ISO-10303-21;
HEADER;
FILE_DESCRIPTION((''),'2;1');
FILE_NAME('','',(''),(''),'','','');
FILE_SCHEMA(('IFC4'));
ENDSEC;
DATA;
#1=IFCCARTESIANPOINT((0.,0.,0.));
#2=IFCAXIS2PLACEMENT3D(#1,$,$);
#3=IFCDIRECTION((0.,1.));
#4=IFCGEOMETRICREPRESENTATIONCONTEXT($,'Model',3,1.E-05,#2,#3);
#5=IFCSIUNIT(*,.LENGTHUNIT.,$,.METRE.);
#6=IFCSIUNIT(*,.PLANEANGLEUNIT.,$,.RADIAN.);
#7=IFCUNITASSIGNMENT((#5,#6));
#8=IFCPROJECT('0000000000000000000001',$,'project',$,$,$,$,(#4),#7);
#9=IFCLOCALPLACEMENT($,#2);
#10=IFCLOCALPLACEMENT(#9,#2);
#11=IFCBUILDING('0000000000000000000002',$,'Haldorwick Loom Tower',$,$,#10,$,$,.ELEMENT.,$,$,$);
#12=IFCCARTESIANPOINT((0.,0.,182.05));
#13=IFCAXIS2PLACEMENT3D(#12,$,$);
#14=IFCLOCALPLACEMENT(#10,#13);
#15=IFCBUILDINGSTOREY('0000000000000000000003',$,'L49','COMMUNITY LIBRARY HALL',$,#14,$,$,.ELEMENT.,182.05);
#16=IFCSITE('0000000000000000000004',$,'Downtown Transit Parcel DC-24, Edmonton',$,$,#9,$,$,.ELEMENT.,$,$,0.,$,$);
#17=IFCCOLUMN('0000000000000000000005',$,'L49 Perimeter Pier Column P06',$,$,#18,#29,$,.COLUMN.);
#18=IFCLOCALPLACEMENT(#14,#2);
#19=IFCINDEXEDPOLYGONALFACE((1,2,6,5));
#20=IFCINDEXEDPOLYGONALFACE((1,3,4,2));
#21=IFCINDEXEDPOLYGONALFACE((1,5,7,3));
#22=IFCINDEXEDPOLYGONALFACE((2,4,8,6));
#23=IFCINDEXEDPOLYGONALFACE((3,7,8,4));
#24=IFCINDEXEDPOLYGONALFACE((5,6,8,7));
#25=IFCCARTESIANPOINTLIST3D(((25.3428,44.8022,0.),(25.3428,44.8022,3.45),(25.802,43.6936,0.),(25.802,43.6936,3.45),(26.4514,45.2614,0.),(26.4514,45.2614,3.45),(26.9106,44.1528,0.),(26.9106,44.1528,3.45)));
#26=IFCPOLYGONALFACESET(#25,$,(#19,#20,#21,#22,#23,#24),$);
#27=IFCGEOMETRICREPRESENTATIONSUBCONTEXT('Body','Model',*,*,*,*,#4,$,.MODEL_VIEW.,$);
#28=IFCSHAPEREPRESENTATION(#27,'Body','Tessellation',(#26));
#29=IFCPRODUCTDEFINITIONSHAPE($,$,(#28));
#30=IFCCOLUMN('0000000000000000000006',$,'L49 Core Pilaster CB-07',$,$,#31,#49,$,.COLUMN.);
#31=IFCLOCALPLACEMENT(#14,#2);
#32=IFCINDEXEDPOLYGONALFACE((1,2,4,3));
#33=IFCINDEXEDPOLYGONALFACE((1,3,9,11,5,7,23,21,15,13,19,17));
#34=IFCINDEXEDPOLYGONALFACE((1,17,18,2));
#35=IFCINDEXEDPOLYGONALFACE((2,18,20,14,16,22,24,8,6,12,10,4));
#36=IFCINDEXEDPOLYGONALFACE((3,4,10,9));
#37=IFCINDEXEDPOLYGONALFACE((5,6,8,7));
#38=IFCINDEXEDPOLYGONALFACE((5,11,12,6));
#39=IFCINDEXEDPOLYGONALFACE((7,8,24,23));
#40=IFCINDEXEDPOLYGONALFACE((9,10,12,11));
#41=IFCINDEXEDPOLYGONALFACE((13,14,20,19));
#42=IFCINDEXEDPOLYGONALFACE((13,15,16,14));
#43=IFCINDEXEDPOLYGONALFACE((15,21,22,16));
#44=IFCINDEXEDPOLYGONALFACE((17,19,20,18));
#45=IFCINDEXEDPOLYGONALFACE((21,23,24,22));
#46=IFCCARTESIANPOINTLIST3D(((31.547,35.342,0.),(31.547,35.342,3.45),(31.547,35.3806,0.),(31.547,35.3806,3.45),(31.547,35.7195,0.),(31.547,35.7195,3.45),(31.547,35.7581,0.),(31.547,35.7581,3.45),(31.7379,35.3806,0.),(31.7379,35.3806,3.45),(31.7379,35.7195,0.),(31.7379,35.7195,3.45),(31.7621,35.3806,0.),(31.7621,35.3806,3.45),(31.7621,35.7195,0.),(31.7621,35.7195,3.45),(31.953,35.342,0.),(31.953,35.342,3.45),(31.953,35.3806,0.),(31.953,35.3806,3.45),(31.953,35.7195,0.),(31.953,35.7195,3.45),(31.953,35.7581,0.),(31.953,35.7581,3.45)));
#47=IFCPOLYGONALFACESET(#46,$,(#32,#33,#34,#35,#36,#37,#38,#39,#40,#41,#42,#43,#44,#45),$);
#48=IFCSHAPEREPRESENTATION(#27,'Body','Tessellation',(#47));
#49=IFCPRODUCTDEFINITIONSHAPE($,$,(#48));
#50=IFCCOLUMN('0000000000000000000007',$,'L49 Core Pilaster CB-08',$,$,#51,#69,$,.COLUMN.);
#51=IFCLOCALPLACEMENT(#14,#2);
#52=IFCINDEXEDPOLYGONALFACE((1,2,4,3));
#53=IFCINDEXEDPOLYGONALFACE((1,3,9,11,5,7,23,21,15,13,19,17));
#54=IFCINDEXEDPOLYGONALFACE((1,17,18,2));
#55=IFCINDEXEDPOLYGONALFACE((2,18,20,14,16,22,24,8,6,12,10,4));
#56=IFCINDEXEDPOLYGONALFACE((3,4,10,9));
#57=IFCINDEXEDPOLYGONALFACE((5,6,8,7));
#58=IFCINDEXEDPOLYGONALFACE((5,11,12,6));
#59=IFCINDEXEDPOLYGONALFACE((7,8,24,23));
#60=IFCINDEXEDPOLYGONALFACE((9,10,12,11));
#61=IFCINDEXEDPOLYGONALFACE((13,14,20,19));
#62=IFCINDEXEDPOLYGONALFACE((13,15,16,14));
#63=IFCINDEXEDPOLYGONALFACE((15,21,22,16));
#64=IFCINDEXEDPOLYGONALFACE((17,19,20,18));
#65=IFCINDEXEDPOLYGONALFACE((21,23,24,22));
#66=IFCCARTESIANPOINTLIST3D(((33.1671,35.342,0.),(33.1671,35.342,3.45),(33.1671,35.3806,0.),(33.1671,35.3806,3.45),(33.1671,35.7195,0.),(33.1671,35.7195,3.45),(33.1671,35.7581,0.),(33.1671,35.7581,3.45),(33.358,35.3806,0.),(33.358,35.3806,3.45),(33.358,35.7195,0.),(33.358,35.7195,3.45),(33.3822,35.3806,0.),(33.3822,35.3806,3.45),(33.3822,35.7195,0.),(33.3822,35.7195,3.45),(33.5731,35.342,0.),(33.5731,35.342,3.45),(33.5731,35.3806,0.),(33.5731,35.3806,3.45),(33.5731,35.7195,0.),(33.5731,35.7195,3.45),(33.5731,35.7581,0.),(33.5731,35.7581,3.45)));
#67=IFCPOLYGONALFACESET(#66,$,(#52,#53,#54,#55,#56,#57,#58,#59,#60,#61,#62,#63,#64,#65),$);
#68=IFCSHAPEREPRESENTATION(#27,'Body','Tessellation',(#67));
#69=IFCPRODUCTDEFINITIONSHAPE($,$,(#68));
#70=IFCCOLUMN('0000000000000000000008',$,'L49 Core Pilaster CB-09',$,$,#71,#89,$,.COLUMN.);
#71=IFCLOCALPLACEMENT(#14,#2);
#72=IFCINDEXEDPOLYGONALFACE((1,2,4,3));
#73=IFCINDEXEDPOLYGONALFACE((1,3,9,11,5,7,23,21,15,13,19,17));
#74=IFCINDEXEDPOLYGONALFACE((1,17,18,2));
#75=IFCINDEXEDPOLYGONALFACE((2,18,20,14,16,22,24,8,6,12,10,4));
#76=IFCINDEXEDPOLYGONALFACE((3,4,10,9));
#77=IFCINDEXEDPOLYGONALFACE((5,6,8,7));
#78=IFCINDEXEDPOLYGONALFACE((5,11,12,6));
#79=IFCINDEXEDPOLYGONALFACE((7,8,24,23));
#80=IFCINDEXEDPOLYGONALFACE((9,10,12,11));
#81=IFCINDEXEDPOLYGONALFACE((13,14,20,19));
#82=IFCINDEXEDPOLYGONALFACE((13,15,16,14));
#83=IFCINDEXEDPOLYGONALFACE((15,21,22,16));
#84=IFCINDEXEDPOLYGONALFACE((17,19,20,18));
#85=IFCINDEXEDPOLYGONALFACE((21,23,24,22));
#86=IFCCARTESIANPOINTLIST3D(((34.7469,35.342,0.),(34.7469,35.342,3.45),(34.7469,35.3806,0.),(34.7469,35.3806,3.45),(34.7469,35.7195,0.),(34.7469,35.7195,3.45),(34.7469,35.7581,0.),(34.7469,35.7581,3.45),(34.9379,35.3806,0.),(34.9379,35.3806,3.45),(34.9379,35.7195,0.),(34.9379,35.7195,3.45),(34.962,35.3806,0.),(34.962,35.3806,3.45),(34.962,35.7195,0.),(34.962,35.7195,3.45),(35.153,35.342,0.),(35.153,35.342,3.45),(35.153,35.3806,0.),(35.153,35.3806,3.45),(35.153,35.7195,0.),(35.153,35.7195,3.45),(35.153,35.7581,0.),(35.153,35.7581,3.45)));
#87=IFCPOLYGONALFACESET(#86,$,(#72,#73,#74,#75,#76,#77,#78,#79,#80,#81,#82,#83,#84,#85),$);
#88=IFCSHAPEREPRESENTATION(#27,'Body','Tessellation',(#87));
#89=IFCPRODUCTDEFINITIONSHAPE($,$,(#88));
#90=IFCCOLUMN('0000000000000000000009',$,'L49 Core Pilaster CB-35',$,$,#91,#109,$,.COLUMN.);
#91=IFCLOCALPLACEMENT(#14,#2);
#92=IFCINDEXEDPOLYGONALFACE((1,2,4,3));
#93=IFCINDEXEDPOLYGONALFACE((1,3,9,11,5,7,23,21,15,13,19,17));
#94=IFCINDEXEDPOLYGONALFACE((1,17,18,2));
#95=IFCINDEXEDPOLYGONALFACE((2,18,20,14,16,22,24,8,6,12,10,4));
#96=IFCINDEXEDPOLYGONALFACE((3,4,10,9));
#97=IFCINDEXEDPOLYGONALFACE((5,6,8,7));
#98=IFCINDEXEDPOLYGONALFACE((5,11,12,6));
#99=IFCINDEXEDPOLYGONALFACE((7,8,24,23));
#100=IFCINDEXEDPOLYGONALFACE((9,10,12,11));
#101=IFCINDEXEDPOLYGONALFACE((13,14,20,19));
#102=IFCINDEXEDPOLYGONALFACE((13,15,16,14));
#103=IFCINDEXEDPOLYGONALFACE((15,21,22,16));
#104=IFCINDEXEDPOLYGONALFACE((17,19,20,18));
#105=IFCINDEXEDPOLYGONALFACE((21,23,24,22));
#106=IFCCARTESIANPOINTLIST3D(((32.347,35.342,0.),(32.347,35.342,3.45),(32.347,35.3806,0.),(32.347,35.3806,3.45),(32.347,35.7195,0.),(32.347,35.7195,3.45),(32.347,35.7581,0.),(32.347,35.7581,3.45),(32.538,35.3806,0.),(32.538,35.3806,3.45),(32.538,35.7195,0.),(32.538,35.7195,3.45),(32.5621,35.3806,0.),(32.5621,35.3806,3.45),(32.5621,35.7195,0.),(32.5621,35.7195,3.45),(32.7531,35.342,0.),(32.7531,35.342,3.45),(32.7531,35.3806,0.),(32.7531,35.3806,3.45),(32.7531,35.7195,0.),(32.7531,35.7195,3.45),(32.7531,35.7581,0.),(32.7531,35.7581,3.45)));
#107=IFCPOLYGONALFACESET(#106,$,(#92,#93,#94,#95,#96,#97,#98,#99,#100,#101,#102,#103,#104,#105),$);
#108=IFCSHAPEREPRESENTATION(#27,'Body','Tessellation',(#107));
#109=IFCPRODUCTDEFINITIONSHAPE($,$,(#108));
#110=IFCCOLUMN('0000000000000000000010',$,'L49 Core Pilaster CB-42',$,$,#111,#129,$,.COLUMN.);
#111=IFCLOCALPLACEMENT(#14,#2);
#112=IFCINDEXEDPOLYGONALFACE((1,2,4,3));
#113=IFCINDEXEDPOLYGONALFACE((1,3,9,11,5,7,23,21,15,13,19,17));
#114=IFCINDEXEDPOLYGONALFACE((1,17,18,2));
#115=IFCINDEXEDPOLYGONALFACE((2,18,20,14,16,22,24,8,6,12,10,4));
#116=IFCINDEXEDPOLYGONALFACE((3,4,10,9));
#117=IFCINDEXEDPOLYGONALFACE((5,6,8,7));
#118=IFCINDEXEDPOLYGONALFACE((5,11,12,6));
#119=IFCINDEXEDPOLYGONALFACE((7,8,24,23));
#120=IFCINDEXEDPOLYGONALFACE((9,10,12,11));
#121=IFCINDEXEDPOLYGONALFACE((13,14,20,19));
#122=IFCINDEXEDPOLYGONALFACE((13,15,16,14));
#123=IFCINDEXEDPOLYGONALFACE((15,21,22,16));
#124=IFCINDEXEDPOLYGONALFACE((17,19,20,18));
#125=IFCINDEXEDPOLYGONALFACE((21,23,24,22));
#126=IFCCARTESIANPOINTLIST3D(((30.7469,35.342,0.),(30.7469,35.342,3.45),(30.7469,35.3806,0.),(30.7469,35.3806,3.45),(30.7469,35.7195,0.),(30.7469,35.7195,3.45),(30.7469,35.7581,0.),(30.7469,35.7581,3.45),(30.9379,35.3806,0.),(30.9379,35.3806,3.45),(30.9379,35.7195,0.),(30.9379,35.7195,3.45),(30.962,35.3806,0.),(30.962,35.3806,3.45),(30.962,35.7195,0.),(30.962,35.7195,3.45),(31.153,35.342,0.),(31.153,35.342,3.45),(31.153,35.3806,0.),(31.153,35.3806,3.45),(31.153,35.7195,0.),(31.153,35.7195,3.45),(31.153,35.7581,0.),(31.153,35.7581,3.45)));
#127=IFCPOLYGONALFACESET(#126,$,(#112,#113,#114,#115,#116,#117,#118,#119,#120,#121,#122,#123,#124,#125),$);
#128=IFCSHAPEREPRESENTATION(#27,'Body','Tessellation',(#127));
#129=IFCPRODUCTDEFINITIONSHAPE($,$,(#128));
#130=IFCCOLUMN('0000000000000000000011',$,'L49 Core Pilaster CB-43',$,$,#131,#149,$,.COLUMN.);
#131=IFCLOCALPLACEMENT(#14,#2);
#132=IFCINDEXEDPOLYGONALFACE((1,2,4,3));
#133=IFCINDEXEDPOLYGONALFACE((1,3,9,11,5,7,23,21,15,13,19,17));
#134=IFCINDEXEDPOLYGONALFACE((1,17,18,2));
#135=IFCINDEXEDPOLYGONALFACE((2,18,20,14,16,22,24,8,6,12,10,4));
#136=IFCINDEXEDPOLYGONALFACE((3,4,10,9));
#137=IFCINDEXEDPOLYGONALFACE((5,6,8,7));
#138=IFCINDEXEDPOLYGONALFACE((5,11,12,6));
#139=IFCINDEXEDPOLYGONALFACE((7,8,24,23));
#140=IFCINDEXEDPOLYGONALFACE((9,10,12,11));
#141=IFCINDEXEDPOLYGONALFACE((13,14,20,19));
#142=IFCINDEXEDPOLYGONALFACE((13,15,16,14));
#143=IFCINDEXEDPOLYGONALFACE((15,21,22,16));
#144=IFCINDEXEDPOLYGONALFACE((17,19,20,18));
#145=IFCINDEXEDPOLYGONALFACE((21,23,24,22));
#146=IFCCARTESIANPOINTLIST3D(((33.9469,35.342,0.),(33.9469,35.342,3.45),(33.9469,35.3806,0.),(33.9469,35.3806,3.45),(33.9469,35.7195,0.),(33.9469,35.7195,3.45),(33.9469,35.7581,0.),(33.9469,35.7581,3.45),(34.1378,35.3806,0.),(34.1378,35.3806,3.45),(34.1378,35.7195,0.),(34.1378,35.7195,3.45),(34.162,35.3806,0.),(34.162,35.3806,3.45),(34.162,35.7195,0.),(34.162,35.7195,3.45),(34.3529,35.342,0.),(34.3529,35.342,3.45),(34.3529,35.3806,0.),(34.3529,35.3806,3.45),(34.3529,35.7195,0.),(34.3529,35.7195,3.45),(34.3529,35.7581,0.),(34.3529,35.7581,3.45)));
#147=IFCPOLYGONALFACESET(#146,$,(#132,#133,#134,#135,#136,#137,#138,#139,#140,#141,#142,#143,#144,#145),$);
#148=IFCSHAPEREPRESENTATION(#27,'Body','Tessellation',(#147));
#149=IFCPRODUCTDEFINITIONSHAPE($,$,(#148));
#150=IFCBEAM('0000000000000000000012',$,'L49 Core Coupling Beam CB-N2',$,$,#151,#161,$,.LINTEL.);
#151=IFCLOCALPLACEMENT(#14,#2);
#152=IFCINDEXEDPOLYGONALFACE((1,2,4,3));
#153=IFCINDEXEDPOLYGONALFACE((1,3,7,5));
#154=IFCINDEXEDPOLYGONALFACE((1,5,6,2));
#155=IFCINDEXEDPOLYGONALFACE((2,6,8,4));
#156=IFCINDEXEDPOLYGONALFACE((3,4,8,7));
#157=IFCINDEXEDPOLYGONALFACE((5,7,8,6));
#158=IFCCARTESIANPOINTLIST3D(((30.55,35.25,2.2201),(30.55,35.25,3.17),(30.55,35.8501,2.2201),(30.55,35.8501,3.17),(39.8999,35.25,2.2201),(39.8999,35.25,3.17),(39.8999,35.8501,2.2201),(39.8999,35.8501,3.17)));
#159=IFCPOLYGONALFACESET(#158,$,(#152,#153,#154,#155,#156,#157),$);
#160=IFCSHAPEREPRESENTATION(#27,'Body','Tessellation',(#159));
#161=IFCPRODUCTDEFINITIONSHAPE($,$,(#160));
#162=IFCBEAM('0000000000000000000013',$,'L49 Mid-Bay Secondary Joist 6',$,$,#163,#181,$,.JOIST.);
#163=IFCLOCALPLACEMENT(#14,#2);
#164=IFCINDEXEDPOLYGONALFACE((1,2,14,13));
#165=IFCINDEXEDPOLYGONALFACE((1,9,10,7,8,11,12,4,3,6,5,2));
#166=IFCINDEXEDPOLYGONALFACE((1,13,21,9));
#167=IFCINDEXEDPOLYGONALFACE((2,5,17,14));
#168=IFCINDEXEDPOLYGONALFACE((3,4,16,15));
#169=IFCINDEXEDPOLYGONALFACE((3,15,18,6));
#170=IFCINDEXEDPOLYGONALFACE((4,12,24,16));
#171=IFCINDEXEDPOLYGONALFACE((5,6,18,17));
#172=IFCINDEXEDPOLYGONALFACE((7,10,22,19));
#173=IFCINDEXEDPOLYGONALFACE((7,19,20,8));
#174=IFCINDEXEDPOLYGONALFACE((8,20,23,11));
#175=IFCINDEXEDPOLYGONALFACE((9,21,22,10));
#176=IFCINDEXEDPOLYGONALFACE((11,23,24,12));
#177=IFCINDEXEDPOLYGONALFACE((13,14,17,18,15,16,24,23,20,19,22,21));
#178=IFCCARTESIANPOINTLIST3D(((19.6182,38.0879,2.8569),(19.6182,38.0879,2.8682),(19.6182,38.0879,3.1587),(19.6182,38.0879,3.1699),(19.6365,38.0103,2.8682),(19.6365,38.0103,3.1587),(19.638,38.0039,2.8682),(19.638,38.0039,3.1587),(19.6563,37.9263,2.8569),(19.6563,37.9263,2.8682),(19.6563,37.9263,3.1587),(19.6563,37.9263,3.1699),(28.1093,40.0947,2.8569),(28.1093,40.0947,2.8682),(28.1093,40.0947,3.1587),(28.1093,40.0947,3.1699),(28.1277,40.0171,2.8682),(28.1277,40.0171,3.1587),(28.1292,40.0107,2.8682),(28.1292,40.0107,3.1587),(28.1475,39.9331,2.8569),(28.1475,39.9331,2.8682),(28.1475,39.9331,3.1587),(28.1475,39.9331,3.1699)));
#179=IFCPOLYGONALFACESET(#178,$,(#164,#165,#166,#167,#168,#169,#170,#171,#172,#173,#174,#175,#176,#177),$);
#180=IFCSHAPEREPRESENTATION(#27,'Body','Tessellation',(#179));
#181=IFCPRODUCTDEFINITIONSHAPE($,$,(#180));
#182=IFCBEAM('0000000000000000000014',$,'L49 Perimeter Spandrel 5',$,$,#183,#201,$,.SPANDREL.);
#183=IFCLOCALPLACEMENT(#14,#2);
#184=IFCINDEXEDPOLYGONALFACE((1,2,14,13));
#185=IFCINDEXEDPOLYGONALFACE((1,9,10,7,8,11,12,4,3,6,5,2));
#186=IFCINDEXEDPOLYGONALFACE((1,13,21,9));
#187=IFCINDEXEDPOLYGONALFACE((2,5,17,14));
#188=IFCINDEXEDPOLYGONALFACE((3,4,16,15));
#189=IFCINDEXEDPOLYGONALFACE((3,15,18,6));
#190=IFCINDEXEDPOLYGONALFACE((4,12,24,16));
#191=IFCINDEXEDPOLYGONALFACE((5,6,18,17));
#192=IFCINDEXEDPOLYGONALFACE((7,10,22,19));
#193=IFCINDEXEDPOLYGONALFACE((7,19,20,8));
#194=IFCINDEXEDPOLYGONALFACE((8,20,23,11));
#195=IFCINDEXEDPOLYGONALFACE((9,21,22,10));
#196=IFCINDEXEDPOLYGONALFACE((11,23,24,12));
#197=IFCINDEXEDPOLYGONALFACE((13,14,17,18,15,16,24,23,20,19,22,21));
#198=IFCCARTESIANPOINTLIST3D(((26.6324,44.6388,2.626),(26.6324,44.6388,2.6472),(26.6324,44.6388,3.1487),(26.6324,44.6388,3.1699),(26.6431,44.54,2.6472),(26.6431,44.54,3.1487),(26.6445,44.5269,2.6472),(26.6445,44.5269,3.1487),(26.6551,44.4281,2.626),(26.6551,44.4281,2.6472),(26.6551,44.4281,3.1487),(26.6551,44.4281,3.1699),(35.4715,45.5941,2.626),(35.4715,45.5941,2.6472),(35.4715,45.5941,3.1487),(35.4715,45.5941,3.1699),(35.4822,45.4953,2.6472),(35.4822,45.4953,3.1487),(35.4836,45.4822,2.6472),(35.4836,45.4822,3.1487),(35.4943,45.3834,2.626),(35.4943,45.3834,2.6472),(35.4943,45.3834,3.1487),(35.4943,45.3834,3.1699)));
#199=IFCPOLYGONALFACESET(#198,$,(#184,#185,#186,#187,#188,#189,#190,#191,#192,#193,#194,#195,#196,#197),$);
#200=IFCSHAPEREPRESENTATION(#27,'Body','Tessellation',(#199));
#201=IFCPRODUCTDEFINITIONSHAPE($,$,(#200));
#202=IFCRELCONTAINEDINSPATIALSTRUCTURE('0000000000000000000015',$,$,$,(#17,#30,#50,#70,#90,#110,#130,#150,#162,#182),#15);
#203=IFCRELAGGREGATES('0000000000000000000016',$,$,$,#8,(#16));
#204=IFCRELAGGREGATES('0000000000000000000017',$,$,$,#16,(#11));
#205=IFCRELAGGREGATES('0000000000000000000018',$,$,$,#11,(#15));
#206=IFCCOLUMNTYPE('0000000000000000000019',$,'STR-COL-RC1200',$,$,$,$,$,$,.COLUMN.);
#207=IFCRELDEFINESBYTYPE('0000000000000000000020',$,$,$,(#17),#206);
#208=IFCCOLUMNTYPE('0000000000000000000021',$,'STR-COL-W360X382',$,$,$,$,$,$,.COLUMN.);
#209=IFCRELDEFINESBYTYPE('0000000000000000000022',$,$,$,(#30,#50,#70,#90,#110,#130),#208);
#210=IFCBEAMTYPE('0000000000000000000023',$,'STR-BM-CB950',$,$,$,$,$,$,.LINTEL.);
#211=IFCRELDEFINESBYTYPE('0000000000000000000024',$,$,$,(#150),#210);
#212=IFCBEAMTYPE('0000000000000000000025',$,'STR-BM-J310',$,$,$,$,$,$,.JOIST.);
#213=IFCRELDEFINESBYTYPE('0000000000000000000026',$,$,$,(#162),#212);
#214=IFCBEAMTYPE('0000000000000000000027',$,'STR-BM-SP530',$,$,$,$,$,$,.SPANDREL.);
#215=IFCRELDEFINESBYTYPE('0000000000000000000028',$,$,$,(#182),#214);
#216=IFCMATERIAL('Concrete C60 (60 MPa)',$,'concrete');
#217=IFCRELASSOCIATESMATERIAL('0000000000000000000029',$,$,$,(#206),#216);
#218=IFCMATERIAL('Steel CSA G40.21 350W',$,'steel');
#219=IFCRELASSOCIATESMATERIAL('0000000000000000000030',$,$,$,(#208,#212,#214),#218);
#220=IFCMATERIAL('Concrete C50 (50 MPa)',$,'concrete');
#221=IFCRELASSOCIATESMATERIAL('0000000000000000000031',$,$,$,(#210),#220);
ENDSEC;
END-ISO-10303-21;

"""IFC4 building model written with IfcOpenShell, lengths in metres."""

from ifc_helpers import new_model, si_unit, direction, frame, origin, origin_2d, place, context, subcontext, project, spatial, rectangle, i_section, extrude, material, material_profile, profile_set, type_object, element, save


model = new_model("IFC4")

# Units and contexts
model_context = context("Model", 3, precision=1e-05, world=origin(), true_north=direction((0.0, 1.0)))
body_context = subcontext(model_context, "Body", "Model", "MODEL_VIEW")
ifc_project = project(units=[si_unit("LENGTHUNIT", "METRE"), si_unit("PLANEANGLEUNIT", "RADIAN")], contexts=[model_context])

# Site, building, storey
site_placement = place(None, origin())
site = spatial("IfcSite", under=ifc_project, at=site_placement, Name="Downtown Transit Parcel DC-24, Edmonton", CompositionType="ELEMENT", RefElevation=0.0)
building_placement = place(site_placement, origin())
building = spatial("IfcBuilding", under=site, at=building_placement, Name="Haldorwick Loom Tower", CompositionType="ELEMENT")
storey_placement = place(building_placement, frame((0.0, 0.0, 182.05)))
storey = spatial("IfcBuildingStorey", under=building, at=storey_placement, Name="L49", Description="COMMUNITY LIBRARY HALL", CompositionType="ELEMENT", Elevation=182.05)

# Columns
ifc_material_1 = material(Name="Concrete C60 (60 MPa)", Category="concrete")
ifc_material_profile_1 = material_profile(ifc_material_1, rectangle(XDim=1.2, YDim=1.2, at=origin_2d()), Name="RC1200X1200", Category="concrete")
ifc_profile_set_1 = profile_set([ifc_material_profile_1], Name="Concrete C60 (60 MPa)")
column_type_1 = type_object("IfcColumnType", Name="STR-COL-RC1200", PredefinedType="COLUMN", material=ifc_profile_set_1)
column_placement = place(storey_placement, frame((26.1267, 44.4775, 0.0), z_axis=(0.0, 0.0, 1.0), x_axis=(-0.382683, 0.92388, 0.0)))
element("IfcColumn", 1, at=column_placement, inside=storey, type_object=column_type_1, Name="L49 Perimeter Pier Column P06", PredefinedType="COLUMN", context=body_context, shape_type="SweptSolid", body=[
    extrude(rectangle(XDim=1.2, YDim=1.2, at=origin_2d()), origin(), (0.0, 0.0, 1.0), 3.45),
])
ifc_material_2 = material(Name="Steel CSA G40.21 350W", Category="steel")
ifc_material_profile_2 = material_profile(ifc_material_2, i_section(OverallWidth=0.406, OverallDepth=0.416, WebThickness=0.0242, FlangeThickness=0.0386, at=origin_2d()), Name="W360X382", Category="steel")
ifc_profile_set_2 = profile_set([ifc_material_profile_2], Name="Steel CSA G40.21 350W")
column_type_2 = type_object("IfcColumnType", Name="STR-COL-W360X382", PredefinedType="COLUMN", material=ifc_profile_set_2)
for number, where, z_axis, x_axis, name in (
    (2, (31.75, 35.55, 0.0), (0.0, 0.0, 1.0), (1.0, 0.0, 0.0), "L49 Core Pilaster CB-07"),
    (3, (33.3701, 35.55, 0.0), (0.0, 0.0, 1.0), (1.0, 0.0, 0.0), "L49 Core Pilaster CB-08"),
    (4, (34.95, 35.55, 0.0), (0.0, 0.0, 1.0), (1.0, 0.0, 0.0), "L49 Core Pilaster CB-09"),
    (5, (32.55, 35.55, 0.0), (0.0, 0.0, 1.0), (1.0, 0.0, 0.0), "L49 Core Pilaster CB-35"),
    (6, (30.95, 35.55, 0.0), (0.0, 0.0, 1.0), (1.0, 0.0, 0.0), "L49 Core Pilaster CB-42"),
    (7, (34.1499, 35.55, 0.0), (0.0, 0.0, 1.0), (1.0, 0.0, 0.0), "L49 Core Pilaster CB-43"),
):
    element("IfcColumn", number, at=place(storey_placement, frame(where, z_axis=z_axis, x_axis=x_axis)), inside=storey, type_object=column_type_2, Name=name, PredefinedType="COLUMN", context=body_context, shape_type="SweptSolid", body=[
        extrude(i_section(OverallWidth=0.406, OverallDepth=0.416, WebThickness=0.0242, FlangeThickness=0.0386, at=origin_2d()), origin(), (0.0, 0.0, 1.0), 3.45),
    ])

# Beams
ifc_material_3 = material(Name="Concrete C50 (50 MPa)", Category="concrete")
ifc_material_profile_3 = material_profile(ifc_material_3, rectangle(XDim=0.6001, YDim=0.95, at=origin_2d()), Name="RC600X950", Category="concrete")
ifc_profile_set_3 = profile_set([ifc_material_profile_3], Name="Concrete C50 (50 MPa)")
beam_type_1 = type_object("IfcBeamType", Name="STR-BM-CB950", PredefinedType="LINTEL", material=ifc_profile_set_3)
beam_1_placement = place(storey_placement, frame((30.55, 35.55, 2.6951), z_axis=(1.0, 0.0, 0.0), x_axis=(0.0, 1.0, 0.0)))
element("IfcBeam", 8, at=beam_1_placement, inside=storey, type_object=beam_type_1, Name="L49 Core Coupling Beam CB-N2", PredefinedType="LINTEL", context=body_context, shape_type="SweptSolid", body=[
    extrude(rectangle(XDim=0.6001, YDim=0.95, at=origin_2d()), origin(), (0.0, 0.0, 1.0), 9.3499),
])
ifc_material_profile_4 = material_profile(ifc_material_2, i_section(OverallWidth=0.166, OverallDepth=0.313, WebThickness=0.0066, FlangeThickness=0.0112, at=origin_2d()), Name="W310X45", Category="steel")
ifc_profile_set_4 = profile_set([ifc_material_profile_4], Name="Steel CSA G40.21 350W")
beam_type_2 = type_object("IfcBeamType", Name="STR-BM-J310", PredefinedType="JOIST", material=ifc_profile_set_4)
beam_2_placement = place(storey_placement, frame((28.1284, 40.0139, 3.0134), z_axis=(-0.973189, -0.230006, 0.0), x_axis=(0.230006, -0.973189, 0.0)))
element("IfcBeam", 9, at=beam_2_placement, inside=storey, type_object=beam_type_2, Name="L49 Mid-Bay Secondary Joist 6", PredefinedType="JOIST", context=body_context, shape_type="SweptSolid", body=[
    extrude(i_section(OverallWidth=0.166, OverallDepth=0.313, WebThickness=0.0066, FlangeThickness=0.0112, at=origin_2d()), origin(), (0.0, 0.0, 1.0), 8.7251),
])
ifc_material_profile_5 = material_profile(ifc_material_2, i_section(OverallWidth=0.2119, OverallDepth=0.5439, WebThickness=0.0132, FlangeThickness=0.0212, at=origin_2d()), Name="W530X123", Category="steel")
ifc_profile_set_5 = profile_set([ifc_material_profile_5], Name="Steel CSA G40.21 350W")
beam_type_3 = type_object("IfcBeamType", Name="STR-BM-SP530", PredefinedType="SPANDREL", material=ifc_profile_set_5)
beam_3_placement = place(storey_placement, frame((35.4829, 45.4888, 2.8979), z_axis=(-0.99421, -0.107453, 0.0), x_axis=(0.107453, -0.99421, 0.0)))
element("IfcBeam", 10, at=beam_3_placement, inside=storey, type_object=beam_type_3, Name="L49 Perimeter Spandrel 5", PredefinedType="SPANDREL", context=body_context, shape_type="SweptSolid", body=[
    extrude(i_section(OverallWidth=0.2119, OverallDepth=0.5439, WebThickness=0.0132, FlangeThickness=0.0212, at=origin_2d()), origin(), (0.0, 0.0, 1.0), 8.8906),
])

save(model, "model.ifc")
